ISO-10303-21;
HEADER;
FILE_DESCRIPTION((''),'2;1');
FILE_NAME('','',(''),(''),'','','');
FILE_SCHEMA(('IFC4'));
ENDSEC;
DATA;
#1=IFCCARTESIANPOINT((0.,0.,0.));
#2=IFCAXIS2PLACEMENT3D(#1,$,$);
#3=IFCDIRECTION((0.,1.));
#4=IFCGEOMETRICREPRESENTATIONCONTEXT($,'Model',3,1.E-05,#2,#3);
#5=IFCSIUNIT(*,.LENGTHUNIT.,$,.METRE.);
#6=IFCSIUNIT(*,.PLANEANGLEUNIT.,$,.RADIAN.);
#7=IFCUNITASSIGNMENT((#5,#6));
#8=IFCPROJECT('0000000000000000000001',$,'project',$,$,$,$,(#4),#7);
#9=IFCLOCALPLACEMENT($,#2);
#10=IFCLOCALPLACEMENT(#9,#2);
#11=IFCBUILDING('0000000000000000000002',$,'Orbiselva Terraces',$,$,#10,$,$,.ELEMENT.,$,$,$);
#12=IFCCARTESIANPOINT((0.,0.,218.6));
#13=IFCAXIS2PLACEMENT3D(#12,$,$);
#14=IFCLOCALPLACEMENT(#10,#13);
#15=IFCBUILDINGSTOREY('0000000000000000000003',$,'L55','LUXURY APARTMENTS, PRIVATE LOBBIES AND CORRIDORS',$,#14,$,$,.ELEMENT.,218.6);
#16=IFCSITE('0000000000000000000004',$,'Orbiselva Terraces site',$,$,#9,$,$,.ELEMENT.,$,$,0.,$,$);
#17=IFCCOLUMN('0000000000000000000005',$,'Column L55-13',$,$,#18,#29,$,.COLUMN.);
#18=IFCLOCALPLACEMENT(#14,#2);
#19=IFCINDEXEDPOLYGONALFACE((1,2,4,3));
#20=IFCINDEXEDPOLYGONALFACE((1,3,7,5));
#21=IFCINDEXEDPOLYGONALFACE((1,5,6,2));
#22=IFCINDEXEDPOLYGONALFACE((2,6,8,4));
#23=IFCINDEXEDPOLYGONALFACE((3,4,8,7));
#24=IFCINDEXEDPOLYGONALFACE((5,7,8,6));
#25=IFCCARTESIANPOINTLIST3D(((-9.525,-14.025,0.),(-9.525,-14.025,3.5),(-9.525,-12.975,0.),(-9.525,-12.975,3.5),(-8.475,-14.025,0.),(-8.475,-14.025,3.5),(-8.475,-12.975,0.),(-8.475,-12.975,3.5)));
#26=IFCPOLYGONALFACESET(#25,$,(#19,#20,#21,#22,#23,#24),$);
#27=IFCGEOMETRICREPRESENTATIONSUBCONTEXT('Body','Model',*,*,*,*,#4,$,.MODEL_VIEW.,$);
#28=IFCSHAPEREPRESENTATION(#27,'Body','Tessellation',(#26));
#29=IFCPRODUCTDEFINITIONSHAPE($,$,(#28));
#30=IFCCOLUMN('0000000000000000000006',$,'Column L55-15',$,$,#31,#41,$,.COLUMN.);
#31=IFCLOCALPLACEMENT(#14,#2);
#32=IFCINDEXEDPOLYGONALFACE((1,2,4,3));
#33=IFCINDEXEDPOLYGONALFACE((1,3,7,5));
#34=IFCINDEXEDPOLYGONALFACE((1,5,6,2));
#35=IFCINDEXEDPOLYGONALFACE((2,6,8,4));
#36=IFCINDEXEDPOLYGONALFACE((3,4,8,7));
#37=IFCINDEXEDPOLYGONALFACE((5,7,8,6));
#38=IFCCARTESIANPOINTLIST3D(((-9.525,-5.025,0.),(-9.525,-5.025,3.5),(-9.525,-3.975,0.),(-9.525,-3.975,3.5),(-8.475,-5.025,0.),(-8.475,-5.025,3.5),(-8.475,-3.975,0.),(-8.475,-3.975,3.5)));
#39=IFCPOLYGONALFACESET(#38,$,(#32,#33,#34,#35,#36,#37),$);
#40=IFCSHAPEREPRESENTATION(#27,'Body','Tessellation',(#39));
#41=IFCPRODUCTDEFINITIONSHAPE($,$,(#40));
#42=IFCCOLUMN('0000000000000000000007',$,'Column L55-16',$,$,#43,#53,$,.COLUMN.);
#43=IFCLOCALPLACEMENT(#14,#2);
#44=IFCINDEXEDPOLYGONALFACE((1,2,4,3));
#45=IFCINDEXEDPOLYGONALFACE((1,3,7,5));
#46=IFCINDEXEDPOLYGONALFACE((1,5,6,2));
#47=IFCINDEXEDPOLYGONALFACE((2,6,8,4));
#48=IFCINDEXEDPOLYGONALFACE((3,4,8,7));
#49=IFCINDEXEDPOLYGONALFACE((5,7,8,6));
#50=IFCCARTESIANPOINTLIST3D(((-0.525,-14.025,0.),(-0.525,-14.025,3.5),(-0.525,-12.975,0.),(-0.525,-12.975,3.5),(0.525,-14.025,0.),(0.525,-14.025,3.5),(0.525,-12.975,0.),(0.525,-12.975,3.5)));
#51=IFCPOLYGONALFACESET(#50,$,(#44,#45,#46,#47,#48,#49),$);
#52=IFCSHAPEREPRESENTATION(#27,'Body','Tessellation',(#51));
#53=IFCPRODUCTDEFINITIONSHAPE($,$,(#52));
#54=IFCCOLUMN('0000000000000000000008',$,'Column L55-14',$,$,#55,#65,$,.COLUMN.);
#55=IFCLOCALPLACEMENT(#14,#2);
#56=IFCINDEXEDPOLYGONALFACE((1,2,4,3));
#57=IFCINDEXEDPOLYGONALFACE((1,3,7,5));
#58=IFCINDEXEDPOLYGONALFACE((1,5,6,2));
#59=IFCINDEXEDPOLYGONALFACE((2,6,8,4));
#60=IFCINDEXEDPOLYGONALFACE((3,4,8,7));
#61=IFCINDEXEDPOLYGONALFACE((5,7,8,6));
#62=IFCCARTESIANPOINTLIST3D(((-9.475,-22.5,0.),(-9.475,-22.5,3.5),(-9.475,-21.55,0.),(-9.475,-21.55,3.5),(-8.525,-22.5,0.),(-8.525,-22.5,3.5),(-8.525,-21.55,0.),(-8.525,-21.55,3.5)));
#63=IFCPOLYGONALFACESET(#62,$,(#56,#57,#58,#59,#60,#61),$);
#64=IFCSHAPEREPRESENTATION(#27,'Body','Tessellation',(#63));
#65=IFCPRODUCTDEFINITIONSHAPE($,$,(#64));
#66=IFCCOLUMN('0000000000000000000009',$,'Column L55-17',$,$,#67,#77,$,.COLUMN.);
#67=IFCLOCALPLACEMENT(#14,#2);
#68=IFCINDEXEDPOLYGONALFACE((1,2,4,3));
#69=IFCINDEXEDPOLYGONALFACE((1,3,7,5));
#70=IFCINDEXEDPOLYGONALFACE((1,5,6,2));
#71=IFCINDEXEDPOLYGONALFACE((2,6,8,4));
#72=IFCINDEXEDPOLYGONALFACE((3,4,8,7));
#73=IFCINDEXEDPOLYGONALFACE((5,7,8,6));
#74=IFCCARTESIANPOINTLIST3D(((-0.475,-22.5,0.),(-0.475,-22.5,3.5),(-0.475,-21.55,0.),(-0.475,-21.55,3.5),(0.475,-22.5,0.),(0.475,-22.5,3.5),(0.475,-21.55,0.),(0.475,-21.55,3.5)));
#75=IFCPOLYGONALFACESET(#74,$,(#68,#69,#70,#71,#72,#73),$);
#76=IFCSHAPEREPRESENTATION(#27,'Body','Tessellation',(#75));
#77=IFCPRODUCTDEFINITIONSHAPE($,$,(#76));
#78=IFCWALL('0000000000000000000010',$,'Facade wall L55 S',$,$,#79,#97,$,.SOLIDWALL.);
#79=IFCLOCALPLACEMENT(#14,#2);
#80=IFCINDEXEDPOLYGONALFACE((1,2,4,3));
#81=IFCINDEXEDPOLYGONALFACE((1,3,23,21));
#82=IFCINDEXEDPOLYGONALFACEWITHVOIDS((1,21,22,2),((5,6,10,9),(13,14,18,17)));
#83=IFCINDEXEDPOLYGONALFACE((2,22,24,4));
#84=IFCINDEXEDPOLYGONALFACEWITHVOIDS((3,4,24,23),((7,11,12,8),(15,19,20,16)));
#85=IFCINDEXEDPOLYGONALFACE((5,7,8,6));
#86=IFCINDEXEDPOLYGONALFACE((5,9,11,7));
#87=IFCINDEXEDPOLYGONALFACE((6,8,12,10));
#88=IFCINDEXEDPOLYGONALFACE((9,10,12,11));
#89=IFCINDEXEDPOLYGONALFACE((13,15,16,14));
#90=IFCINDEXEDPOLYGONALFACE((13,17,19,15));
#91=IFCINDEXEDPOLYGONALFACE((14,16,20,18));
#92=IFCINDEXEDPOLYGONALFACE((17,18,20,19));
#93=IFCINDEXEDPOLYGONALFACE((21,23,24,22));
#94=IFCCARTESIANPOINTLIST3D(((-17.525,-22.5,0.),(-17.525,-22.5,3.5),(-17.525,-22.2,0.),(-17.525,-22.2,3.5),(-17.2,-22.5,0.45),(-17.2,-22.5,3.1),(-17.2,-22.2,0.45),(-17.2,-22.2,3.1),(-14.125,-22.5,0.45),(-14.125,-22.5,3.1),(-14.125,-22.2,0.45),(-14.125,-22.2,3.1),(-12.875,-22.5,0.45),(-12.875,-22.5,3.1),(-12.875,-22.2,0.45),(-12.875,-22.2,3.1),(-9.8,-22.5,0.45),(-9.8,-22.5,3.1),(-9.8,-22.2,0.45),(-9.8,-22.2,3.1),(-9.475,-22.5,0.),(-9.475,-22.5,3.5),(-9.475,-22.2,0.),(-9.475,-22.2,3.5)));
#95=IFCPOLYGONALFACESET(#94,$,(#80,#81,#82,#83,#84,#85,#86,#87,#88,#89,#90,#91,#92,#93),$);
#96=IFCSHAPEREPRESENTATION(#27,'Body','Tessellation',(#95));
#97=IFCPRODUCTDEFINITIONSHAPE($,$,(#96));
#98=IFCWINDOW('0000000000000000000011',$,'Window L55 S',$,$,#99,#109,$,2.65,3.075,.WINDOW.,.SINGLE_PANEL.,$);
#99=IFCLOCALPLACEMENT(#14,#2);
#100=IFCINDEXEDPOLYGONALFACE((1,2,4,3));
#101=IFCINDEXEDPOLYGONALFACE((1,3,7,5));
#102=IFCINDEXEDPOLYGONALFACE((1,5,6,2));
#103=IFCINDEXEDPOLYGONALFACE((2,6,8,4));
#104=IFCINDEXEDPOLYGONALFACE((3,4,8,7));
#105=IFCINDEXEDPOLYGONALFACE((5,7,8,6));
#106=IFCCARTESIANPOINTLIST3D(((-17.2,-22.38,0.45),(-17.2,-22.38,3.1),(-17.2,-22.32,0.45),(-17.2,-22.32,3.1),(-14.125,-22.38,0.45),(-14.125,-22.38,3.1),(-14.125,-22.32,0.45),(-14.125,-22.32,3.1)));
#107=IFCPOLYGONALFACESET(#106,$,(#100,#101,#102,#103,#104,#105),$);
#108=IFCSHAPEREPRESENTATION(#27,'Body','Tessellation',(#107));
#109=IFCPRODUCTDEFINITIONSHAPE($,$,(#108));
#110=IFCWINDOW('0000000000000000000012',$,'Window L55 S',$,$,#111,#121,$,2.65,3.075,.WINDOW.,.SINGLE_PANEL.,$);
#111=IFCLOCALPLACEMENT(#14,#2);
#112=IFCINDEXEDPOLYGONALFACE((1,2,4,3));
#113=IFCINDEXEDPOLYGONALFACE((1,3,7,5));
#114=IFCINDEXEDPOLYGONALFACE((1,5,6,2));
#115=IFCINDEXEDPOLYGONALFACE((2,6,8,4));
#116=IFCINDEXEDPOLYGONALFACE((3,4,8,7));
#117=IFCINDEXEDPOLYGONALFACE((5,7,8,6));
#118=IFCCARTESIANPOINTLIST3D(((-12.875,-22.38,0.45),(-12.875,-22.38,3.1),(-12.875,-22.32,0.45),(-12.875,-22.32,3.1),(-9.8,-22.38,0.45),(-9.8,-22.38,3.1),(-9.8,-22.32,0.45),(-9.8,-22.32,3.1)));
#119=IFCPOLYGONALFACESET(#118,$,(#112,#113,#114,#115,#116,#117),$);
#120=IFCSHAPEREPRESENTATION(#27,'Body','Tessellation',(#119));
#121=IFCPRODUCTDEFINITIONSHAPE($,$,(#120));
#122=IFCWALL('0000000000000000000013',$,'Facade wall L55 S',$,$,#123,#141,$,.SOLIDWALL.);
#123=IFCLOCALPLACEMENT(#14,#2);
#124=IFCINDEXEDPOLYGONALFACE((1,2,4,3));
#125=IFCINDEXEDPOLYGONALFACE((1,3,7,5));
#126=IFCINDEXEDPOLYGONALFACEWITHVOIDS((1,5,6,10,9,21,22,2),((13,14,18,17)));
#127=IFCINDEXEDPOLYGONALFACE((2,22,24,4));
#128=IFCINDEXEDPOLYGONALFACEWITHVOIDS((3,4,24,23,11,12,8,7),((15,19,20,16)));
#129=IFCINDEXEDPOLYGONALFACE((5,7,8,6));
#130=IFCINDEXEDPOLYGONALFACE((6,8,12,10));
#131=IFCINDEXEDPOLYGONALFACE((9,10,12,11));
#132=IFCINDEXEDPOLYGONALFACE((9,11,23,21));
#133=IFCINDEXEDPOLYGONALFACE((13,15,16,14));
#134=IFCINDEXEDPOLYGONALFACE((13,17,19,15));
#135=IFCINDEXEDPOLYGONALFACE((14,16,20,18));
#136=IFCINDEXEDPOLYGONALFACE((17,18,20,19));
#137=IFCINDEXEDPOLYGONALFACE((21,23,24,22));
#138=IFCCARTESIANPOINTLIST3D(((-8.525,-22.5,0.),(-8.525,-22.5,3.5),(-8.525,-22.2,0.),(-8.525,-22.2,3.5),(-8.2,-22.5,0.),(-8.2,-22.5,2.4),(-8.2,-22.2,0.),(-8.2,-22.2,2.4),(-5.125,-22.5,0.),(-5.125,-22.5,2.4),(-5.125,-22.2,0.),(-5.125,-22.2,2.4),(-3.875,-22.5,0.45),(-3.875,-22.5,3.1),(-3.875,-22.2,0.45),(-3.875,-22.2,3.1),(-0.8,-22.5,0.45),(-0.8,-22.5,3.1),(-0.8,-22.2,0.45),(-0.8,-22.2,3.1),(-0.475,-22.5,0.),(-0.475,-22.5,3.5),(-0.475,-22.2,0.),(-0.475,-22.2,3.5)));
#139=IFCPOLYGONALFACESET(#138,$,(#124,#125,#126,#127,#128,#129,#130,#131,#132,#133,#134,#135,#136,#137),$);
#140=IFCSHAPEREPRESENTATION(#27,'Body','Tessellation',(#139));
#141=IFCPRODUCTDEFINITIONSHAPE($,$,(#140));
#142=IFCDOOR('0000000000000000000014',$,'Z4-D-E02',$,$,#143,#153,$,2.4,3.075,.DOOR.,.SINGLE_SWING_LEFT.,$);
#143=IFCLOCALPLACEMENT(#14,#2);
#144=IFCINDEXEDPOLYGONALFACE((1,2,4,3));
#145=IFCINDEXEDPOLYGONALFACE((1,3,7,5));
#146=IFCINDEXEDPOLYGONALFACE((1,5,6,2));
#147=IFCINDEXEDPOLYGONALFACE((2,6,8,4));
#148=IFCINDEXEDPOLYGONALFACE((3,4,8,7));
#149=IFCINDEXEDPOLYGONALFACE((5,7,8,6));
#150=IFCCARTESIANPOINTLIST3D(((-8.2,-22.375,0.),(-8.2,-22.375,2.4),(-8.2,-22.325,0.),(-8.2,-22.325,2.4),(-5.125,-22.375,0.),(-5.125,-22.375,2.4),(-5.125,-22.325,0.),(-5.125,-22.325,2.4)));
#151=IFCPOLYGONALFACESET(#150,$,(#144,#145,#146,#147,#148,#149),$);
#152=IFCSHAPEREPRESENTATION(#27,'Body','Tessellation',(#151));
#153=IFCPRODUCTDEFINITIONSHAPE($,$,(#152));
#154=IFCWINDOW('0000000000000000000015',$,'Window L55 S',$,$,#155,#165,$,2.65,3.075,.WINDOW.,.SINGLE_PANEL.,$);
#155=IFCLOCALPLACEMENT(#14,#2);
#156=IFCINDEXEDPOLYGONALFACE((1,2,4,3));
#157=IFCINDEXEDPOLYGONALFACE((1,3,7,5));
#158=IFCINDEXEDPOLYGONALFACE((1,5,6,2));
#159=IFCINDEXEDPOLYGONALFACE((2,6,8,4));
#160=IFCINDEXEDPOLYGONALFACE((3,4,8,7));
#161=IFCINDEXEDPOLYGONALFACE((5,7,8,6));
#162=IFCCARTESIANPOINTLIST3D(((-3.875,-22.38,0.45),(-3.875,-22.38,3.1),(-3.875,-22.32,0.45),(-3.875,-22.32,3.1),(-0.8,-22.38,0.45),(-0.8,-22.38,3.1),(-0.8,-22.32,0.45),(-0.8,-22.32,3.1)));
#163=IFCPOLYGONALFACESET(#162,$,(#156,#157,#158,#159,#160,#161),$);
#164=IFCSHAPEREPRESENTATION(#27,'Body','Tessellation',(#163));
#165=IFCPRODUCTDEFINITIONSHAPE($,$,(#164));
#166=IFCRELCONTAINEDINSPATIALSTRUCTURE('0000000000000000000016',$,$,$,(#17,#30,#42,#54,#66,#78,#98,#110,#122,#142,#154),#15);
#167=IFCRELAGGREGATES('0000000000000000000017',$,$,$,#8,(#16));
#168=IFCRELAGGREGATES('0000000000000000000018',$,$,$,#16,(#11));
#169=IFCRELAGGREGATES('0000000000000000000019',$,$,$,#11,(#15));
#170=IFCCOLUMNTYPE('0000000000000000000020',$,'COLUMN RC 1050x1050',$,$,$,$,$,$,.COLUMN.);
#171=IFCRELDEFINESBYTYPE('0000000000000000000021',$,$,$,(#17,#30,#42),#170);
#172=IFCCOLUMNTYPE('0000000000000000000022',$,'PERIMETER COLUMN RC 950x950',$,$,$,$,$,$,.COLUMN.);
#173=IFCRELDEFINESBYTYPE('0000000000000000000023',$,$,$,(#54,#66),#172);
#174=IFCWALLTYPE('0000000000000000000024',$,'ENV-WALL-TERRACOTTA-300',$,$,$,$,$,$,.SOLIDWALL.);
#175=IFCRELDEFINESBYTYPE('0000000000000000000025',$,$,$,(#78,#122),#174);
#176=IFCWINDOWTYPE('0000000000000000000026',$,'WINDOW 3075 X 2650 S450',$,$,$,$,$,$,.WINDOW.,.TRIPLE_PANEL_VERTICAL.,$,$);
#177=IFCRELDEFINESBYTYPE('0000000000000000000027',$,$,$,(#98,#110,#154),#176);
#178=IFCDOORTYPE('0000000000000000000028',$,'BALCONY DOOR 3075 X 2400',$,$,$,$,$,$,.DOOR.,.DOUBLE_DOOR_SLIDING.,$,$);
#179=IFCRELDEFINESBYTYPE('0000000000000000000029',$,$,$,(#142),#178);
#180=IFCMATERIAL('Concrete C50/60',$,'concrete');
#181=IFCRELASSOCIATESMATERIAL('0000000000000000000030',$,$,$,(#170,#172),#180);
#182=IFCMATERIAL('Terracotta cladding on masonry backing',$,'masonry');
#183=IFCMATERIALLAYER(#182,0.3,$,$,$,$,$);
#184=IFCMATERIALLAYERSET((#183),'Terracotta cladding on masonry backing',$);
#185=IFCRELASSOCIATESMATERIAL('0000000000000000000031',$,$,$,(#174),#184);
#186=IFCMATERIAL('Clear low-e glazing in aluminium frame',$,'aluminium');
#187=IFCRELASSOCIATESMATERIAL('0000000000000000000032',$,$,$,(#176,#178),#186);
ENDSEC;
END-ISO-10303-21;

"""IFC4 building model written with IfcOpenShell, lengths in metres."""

from ifc_helpers import new_model, si_unit, direction, frame, frame_2d, origin, origin_2d, place, context, subcontext, project, spatial, rectangle, extrude, material, layer, layer_set, material_profile, profile_set, type_object, element, fill, save


model = new_model("IFC4")

# Units and contexts
model_context = context("Model", 3, precision=1e-05, world=origin(), true_north=direction((0.0, 1.0)))
body_context = subcontext(model_context, "Body", "Model", "MODEL_VIEW")
ifc_project = project(units=[si_unit("LENGTHUNIT", "METRE"), si_unit("PLANEANGLEUNIT", "RADIAN")], contexts=[model_context])

# Site, building, storey
site_placement = place(None, origin())
site = spatial("IfcSite", under=ifc_project, at=site_placement, Name="Orbiselva Terraces site", CompositionType="ELEMENT", RefElevation=0.0)
building_placement = place(site_placement, origin())
building = spatial("IfcBuilding", under=site, at=building_placement, Name="Orbiselva Terraces", CompositionType="ELEMENT")
storey_placement = place(building_placement, frame((0.0, 0.0, 218.6)))
storey = spatial("IfcBuildingStorey", under=building, at=storey_placement, Name="L55", Description="LUXURY APARTMENTS, PRIVATE LOBBIES AND CORRIDORS", CompositionType="ELEMENT", Elevation=218.6)

# Columns
ifc_material_1 = material(Name="Concrete C50/60", Category="concrete")
ifc_material_profile_1 = material_profile(ifc_material_1, rectangle(XDim=1.05, YDim=1.05, at=origin_2d()), Name="RC 1050x1050")
ifc_profile_set_1 = profile_set([ifc_material_profile_1], Name="Concrete C50/60")
column_type_1 = type_object("IfcColumnType", Name="COLUMN RC 1050x1050", PredefinedType="COLUMN", material=ifc_profile_set_1)
for number, where, z_axis, x_axis, name in (
    (1, (-9.0, -13.5, 0.0), (0.0, 0.0, 1.0), (1.0, 0.0, 0.0), "Column L55-13"),
    (2, (-9.0, -4.5, 0.0), (0.0, 0.0, 1.0), (1.0, 0.0, 0.0), "Column L55-15"),
    (3, (0.0, -13.5, 0.0), (0.0, 0.0, 1.0), (1.0, 0.0, 0.0), "Column L55-16"),
):
    element("IfcColumn", number, at=place(storey_placement, frame(where, z_axis=z_axis, x_axis=x_axis)), inside=storey, type_object=column_type_1, Name=name, PredefinedType="COLUMN", context=body_context, shape_type="SweptSolid", body=[
        extrude(rectangle(XDim=1.05, YDim=1.05, at=origin_2d()), origin(), (0.0, 0.0, 1.0), 3.5),
    ])
ifc_material_profile_2 = material_profile(ifc_material_1, rectangle(XDim=0.95, YDim=0.95, at=origin_2d()), Name="RC 950x950")
ifc_profile_set_2 = profile_set([ifc_material_profile_2], Name="Concrete C50/60")
column_type_2 = type_object("IfcColumnType", Name="PERIMETER COLUMN RC 950x950", PredefinedType="COLUMN", material=ifc_profile_set_2)
for number, where, z_axis, x_axis, name in (
    (4, (-9.0, -22.025, 0.0), (0.0, 0.0, 1.0), (1.0, 0.0, 0.0), "Column L55-14"),
    (5, (0.0, -22.025, 0.0), (0.0, 0.0, 1.0), (1.0, 0.0, 0.0), "Column L55-17"),
):
    element("IfcColumn", number, at=place(storey_placement, frame(where, z_axis=z_axis, x_axis=x_axis)), inside=storey, type_object=column_type_2, Name=name, PredefinedType="COLUMN", context=body_context, shape_type="SweptSolid", body=[
        extrude(rectangle(XDim=0.95, YDim=0.95, at=origin_2d()), origin(), (0.0, 0.0, 1.0), 3.5),
    ])

# Wall, openings, windows
ifc_material_2 = material(Name="Terracotta cladding on masonry backing", Category="masonry")
ifc_layer_1 = layer(ifc_material_2, 0.3)
ifc_layer_set_1 = layer_set([ifc_layer_1], Name="Terracotta cladding on masonry backing")
wall_type_1 = type_object("IfcWallType", Name="ENV-WALL-TERRACOTTA-300", PredefinedType="SOLIDWALL", material=ifc_layer_set_1)
wall_1_placement = place(storey_placement, frame((-9.475, -22.35, 0.0), z_axis=(0.0, 0.0, 1.0), x_axis=(-1.0, 0.0, 0.0)))
wall_1 = element("IfcWall", 6, at=wall_1_placement, inside=storey, type_object=wall_type_1, Name="Facade wall L55 S", PredefinedType="SOLIDWALL", context=body_context, shape_type="SweptSolid", body=[
    extrude(rectangle(XDim=8.05, YDim=0.3, at=frame_2d((4.025, 0.0))), origin(), (0.0, 0.0, 1.0), 3.5),
])
opening_1_placement = place(wall_1_placement, frame((4.65, 0.0, 0.45)))
opening_1 = element("IfcOpeningElement", 7, at=opening_1_placement, cuts=wall_1, PredefinedType="OPENING", context=body_context, shape_type="SweptSolid", body=[
    extrude(rectangle(XDim=3.075, YDim=2.65, at=frame_2d((1.5375, 1.325))), frame((0.0, 0.16, 0.0), z_axis=(0.0, -1.0, 0.0), x_axis=(1.0, 0.0, 0.0)), (0.0, 0.0, 1.0), 0.32),
])
opening_2_placement = place(wall_1_placement, frame((0.325, 0.0, 0.45)))
opening_2 = element("IfcOpeningElement", 8, at=opening_2_placement, cuts=wall_1, PredefinedType="OPENING", context=body_context, shape_type="SweptSolid", body=[
    extrude(rectangle(XDim=3.075, YDim=2.65, at=frame_2d((1.5375, 1.325))), frame((0.0, 0.16, 0.0), z_axis=(0.0, -1.0, 0.0), x_axis=(1.0, 0.0, 0.0)), (0.0, 0.0, 1.0), 0.32),
])
ifc_material_3 = material(Name="Clear low-e glazing in aluminium frame", Category="aluminium")
window_type = type_object("IfcWindowType", Name="WINDOW 3075 X 2650 S450", PartitioningType="TRIPLE_PANEL_VERTICAL", PredefinedType="WINDOW", material=ifc_material_3)
window_1_placement = place(opening_1_placement, origin())
window_1 = element("IfcWindow", 9, at=window_1_placement, inside=storey, type_object=window_type, Name="Window L55 S", OverallHeight=2.65, OverallWidth=3.075, PartitioningType="SINGLE_PANEL", PredefinedType="WINDOW", context=body_context, shape_type="SweptSolid", body=[
    extrude(rectangle(XDim=3.075, YDim=2.65, at=frame_2d((1.5375, 1.325))), frame((0.0, 0.03, 0.0), z_axis=(0.0, -1.0, 0.0), x_axis=(1.0, 0.0, 0.0)), (0.0, 0.0, 1.0), 0.06),
])
fill(opening_1, window_1)
window_2_placement = place(opening_2_placement, origin())
window_2 = element("IfcWindow", 10, at=window_2_placement, inside=storey, type_object=window_type, Name="Window L55 S", OverallHeight=2.65, OverallWidth=3.075, PartitioningType="SINGLE_PANEL", PredefinedType="WINDOW", context=body_context, shape_type="SweptSolid", body=[
    extrude(rectangle(XDim=3.075, YDim=2.65, at=frame_2d((1.5375, 1.325))), frame((0.0, 0.03, 0.0), z_axis=(0.0, -1.0, 0.0), x_axis=(1.0, 0.0, 0.0)), (0.0, 0.0, 1.0), 0.06),
])
fill(opening_2, window_2)

# Wall, openings, door, window
wall_2_placement = place(storey_placement, frame((-0.475, -22.35, 0.0), z_axis=(0.0, 0.0, 1.0), x_axis=(-1.0, 0.0, 0.0)))
wall_2 = element("IfcWall", 11, at=wall_2_placement, inside=storey, type_object=wall_type_1, Name="Facade wall L55 S", PredefinedType="SOLIDWALL", context=body_context, shape_type="SweptSolid", body=[
    extrude(rectangle(XDim=8.05, YDim=0.3, at=frame_2d((4.025, 0.0))), origin(), (0.0, 0.0, 1.0), 3.5),
])
opening_3_placement = place(wall_2_placement, frame((4.65, 0.0, 0.0)))
opening_3 = element("IfcOpeningElement", 12, at=opening_3_placement, cuts=wall_2, PredefinedType="OPENING", context=body_context, shape_type="SweptSolid", body=[
    extrude(rectangle(XDim=3.075, YDim=2.4, at=frame_2d((1.5375, 1.2))), frame((0.0, 0.16, 0.0), z_axis=(0.0, -1.0, 0.0), x_axis=(1.0, 0.0, 0.0)), (0.0, 0.0, 1.0), 0.32),
])
opening_4_placement = place(wall_2_placement, frame((0.325, 0.0, 0.45)))
opening_4 = element("IfcOpeningElement", 13, at=opening_4_placement, cuts=wall_2, PredefinedType="OPENING", context=body_context, shape_type="SweptSolid", body=[
    extrude(rectangle(XDim=3.075, YDim=2.65, at=frame_2d((1.5375, 1.325))), frame((0.0, 0.16, 0.0), z_axis=(0.0, -1.0, 0.0), x_axis=(1.0, 0.0, 0.0)), (0.0, 0.0, 1.0), 0.32),
])
door_type_1 = type_object("IfcDoorType", Name="BALCONY DOOR 3075 X 2400", OperationType="DOUBLE_DOOR_SLIDING", PredefinedType="DOOR", material=ifc_material_3)
door_1_placement = place(opening_3_placement, origin())
door_1 = element("IfcDoor", 14, at=door_1_placement, inside=storey, type_object=door_type_1, Name="Z4-D-E02", OperationType="SINGLE_SWING_LEFT", OverallHeight=2.4, OverallWidth=3.075, PredefinedType="DOOR", context=body_context, shape_type="SweptSolid", body=[
    extrude(rectangle(XDim=3.075, YDim=2.4, at=frame_2d((1.5375, 1.2))), frame((0.0, 0.025, 0.0), z_axis=(0.0, -1.0, 0.0), x_axis=(1.0, 0.0, 0.0)), (0.0, 0.0, 1.0), 0.05),
])
fill(opening_3, door_1)
window_3_placement = place(opening_4_placement, origin())
window_3 = element("IfcWindow", 15, at=window_3_placement, inside=storey, type_object=window_type, Name="Window L55 S", OverallHeight=2.65, OverallWidth=3.075, PartitioningType="SINGLE_PANEL", PredefinedType="WINDOW", context=body_context, shape_type="SweptSolid", body=[
    extrude(rectangle(XDim=3.075, YDim=2.65, at=frame_2d((1.5375, 1.325))), frame((0.0, 0.03, 0.0), z_axis=(0.0, -1.0, 0.0), x_axis=(1.0, 0.0, 0.0)), (0.0, 0.0, 1.0), 0.06),
])
fill(opening_4, window_3)

save(model, "model.ifc")
